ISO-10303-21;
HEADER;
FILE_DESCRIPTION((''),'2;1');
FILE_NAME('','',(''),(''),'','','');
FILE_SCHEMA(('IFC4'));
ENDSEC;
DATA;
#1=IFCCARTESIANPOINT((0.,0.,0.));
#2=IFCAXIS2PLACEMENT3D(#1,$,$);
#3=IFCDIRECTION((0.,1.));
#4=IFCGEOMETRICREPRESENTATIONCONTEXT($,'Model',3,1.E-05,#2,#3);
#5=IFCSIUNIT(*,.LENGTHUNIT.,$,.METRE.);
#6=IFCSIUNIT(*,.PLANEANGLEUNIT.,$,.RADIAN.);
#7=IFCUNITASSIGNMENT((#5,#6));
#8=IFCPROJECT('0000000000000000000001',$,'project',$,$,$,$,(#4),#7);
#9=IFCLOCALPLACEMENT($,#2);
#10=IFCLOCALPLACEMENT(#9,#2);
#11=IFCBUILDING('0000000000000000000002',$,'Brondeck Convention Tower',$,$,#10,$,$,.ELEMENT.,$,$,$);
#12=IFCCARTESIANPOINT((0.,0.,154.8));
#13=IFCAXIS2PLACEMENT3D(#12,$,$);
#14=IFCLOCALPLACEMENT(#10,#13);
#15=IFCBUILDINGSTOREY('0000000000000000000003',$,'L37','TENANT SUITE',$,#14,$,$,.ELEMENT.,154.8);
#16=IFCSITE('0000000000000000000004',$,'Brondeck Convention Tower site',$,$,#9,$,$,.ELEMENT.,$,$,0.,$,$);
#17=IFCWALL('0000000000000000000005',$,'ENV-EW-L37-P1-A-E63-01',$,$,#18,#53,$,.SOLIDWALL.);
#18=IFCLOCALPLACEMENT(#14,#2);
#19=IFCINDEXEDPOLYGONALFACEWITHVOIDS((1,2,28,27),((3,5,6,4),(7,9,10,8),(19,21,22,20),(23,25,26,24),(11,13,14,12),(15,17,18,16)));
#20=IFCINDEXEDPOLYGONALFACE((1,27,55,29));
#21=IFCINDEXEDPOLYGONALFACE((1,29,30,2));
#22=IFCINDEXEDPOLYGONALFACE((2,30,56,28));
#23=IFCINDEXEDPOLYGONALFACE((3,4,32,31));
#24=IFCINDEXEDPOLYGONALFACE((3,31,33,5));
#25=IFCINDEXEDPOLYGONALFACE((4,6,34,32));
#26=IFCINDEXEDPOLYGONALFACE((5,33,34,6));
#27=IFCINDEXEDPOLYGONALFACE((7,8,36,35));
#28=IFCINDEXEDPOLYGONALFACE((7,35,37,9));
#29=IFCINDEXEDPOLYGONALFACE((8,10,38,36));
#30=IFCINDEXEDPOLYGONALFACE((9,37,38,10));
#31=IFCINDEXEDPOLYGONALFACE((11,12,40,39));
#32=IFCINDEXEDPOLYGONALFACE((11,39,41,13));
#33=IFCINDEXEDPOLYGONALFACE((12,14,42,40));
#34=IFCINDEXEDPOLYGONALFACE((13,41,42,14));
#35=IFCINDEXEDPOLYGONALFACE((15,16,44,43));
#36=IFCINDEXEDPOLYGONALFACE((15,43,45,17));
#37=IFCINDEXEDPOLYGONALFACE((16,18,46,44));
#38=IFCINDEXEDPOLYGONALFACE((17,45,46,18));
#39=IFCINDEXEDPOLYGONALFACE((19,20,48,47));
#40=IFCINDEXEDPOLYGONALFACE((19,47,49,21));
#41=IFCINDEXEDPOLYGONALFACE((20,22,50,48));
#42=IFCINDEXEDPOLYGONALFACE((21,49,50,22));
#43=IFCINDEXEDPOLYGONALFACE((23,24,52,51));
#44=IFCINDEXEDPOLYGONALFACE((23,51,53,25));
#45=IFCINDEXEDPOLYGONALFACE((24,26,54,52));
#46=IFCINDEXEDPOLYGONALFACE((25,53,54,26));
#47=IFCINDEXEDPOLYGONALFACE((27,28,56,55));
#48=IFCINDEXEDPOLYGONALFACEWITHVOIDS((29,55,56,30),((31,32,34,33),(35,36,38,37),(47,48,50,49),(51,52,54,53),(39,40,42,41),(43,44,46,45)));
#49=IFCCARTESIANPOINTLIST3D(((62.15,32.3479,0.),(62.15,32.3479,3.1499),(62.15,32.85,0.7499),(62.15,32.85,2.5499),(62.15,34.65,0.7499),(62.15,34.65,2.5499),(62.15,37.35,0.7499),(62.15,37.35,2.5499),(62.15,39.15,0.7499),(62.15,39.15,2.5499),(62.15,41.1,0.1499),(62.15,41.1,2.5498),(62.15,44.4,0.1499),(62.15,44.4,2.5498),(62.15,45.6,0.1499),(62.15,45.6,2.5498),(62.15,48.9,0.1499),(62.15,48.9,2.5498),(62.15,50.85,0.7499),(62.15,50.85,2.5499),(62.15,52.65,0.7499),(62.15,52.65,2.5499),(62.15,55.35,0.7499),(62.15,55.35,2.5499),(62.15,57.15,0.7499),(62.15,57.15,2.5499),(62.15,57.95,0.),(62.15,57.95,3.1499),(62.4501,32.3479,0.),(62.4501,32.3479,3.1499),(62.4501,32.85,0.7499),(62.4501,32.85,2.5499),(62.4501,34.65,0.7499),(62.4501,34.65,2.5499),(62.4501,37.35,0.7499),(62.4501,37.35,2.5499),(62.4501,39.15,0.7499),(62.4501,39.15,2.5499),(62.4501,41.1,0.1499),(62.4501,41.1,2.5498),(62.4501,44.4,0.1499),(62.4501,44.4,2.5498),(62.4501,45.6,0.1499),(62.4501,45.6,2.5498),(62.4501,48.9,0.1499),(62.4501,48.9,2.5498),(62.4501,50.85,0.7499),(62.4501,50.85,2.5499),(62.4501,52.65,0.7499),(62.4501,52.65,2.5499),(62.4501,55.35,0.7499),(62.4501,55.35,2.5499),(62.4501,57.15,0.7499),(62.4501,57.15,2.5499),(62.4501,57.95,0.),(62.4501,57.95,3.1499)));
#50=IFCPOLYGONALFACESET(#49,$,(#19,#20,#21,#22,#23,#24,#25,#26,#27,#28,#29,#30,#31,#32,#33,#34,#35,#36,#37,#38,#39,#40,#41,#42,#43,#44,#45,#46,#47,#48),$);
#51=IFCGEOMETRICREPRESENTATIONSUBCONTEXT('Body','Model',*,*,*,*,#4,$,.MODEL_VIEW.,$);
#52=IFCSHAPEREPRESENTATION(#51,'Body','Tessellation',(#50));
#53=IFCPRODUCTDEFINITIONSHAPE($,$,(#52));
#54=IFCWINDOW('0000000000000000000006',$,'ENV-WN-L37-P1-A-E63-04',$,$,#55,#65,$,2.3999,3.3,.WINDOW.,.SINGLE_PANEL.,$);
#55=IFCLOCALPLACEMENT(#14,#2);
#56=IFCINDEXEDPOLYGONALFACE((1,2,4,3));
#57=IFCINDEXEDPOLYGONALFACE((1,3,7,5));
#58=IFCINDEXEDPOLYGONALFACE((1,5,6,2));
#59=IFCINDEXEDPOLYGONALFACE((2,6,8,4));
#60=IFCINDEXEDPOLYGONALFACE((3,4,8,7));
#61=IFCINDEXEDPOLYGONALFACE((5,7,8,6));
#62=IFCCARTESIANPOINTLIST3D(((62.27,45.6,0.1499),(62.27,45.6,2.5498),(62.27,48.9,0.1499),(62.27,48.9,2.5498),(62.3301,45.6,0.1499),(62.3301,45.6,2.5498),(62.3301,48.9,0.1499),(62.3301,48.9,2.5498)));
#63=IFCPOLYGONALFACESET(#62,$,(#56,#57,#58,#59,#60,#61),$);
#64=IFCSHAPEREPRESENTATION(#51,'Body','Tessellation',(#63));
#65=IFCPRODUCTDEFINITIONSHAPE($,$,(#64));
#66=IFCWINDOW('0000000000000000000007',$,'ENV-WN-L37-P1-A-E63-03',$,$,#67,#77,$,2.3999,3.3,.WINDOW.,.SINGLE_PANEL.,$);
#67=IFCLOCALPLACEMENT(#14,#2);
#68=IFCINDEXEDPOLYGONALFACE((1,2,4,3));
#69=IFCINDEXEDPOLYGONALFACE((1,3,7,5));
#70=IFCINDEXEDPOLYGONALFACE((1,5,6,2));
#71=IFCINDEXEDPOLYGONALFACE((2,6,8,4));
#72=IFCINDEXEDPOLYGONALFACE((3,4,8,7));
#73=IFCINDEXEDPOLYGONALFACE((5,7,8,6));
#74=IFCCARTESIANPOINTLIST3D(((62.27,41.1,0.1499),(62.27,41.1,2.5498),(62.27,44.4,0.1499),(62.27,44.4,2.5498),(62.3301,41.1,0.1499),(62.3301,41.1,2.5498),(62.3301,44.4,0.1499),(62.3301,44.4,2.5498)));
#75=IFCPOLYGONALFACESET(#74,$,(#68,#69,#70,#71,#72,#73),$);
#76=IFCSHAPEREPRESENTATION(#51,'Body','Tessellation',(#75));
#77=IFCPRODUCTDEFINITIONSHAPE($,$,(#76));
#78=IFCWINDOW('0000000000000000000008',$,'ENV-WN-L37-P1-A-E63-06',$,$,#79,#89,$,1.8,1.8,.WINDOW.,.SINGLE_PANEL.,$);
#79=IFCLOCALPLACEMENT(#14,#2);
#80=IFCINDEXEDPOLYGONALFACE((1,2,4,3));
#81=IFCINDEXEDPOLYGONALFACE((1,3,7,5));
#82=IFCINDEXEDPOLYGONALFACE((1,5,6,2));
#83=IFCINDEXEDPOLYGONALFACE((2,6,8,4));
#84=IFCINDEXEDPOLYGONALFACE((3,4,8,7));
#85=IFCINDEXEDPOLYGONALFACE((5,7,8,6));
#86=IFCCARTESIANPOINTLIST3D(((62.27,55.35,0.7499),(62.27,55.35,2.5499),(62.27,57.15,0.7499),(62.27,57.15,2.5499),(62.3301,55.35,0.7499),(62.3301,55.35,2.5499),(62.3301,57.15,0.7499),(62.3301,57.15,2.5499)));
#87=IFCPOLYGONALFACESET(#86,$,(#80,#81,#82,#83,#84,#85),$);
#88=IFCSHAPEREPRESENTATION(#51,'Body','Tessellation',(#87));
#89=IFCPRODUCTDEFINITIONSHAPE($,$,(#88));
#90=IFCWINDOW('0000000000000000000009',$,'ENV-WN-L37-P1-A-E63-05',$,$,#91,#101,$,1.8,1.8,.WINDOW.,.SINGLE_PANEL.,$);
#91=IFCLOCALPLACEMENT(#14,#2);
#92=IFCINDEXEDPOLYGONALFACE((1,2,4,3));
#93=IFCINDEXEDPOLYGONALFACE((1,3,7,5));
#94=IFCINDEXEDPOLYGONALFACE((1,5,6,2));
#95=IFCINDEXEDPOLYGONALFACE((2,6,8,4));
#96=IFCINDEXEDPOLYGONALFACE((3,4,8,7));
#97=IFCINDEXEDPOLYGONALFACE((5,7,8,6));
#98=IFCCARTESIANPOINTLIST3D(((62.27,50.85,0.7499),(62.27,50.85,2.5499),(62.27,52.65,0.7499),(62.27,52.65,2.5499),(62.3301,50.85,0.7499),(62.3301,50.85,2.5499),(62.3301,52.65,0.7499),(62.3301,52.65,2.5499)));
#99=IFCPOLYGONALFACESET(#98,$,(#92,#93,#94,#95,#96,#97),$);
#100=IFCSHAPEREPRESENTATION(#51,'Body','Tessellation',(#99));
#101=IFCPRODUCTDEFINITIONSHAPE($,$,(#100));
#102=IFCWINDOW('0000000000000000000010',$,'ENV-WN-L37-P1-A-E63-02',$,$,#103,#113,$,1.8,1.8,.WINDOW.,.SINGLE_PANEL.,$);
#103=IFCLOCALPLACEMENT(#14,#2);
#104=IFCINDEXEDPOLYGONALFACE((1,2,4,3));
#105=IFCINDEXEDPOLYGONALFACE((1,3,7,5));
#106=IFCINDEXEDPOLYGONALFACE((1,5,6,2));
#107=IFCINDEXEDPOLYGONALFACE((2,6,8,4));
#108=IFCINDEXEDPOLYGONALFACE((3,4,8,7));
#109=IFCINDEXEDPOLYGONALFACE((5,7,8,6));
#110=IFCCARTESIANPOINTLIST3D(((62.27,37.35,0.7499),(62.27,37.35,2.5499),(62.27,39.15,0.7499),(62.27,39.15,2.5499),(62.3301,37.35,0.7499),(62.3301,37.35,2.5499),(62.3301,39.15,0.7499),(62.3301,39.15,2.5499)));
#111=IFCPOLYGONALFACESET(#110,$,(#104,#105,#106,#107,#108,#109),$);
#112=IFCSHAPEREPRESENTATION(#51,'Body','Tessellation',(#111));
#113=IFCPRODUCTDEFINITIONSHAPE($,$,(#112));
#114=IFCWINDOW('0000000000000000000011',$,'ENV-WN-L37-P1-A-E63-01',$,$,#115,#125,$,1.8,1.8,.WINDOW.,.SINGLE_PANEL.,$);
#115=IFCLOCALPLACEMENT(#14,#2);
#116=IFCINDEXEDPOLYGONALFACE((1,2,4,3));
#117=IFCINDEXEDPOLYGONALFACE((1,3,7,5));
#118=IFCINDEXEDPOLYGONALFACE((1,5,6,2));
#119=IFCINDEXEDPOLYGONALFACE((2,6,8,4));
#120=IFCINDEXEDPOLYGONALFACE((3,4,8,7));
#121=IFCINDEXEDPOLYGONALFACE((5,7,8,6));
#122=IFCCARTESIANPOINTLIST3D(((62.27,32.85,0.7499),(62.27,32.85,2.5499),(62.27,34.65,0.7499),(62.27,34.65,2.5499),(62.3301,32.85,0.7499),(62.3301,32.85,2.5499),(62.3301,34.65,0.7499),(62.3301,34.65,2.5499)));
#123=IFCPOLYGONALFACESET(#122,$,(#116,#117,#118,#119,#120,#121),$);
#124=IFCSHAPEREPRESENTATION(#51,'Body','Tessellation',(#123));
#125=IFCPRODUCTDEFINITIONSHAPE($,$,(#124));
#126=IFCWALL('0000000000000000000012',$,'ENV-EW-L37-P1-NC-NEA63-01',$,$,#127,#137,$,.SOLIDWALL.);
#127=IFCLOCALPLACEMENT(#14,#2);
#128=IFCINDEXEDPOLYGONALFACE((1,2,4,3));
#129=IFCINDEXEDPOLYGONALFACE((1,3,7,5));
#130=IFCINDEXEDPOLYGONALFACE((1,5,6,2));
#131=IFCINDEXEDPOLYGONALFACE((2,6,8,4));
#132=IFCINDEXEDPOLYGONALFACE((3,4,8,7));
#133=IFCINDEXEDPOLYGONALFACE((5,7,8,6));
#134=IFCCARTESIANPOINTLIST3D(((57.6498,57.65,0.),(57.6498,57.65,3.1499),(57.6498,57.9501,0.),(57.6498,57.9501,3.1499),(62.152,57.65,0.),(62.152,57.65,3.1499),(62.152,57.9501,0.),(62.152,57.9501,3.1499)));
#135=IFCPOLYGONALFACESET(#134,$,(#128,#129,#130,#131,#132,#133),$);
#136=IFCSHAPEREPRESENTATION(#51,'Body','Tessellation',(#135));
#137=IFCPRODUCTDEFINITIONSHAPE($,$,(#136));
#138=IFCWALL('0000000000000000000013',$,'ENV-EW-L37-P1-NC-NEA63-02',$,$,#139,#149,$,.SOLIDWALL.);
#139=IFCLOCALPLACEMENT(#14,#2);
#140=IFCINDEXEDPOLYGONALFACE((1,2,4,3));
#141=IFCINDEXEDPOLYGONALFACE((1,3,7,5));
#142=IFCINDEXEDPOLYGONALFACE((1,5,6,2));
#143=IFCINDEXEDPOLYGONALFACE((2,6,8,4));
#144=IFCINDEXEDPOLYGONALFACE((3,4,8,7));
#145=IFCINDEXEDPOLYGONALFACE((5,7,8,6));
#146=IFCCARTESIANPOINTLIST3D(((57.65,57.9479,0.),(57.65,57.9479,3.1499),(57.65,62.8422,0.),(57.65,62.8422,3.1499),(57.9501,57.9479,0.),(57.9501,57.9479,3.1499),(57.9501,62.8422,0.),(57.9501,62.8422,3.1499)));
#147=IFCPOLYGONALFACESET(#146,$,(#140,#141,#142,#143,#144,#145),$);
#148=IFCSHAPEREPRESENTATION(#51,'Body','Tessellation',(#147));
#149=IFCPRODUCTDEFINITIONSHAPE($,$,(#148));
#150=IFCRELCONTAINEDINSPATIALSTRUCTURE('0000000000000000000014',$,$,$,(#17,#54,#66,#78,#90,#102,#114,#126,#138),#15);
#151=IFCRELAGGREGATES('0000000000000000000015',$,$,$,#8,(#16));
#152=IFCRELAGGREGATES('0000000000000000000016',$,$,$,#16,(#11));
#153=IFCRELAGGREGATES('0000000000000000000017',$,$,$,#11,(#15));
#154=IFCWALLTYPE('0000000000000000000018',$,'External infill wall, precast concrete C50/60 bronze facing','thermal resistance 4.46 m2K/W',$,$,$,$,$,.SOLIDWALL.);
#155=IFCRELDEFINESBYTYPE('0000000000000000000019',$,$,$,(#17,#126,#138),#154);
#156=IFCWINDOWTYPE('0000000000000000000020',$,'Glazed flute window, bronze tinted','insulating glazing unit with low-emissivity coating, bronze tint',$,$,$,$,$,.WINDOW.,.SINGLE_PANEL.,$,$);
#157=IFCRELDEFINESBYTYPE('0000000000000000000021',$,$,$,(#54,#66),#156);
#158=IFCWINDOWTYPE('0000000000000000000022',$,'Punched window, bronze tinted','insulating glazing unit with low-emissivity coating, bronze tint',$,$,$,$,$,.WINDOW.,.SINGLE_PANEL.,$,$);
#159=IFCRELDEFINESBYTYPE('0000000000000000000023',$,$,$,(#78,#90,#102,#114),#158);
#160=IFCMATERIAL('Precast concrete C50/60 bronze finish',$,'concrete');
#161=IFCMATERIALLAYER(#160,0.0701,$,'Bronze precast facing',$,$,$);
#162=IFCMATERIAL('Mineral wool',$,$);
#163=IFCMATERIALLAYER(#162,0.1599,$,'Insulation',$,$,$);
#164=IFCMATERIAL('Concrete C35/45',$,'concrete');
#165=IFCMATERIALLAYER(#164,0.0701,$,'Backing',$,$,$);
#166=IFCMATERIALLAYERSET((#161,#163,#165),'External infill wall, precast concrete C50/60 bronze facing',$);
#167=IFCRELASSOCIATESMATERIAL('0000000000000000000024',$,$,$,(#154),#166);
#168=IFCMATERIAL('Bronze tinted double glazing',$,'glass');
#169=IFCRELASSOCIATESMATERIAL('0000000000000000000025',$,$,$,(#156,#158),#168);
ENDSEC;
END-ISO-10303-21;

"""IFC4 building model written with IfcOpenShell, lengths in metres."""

from ifc_helpers import new_model, si_unit, direction, frame, frame_2d, origin, place, context, subcontext, project, spatial, rectangle, extrude, material, layer, layer_set, type_object, element, fill, save


model = new_model("IFC4")

# Units and contexts
model_context = context("Model", 3, precision=1e-05, world=origin(), true_north=direction((0.0, 1.0)))
body_context = subcontext(model_context, "Body", "Model", "MODEL_VIEW")
ifc_project = project(units=[si_unit("LENGTHUNIT", "METRE"), si_unit("PLANEANGLEUNIT", "RADIAN")], contexts=[model_context])

# Site, building, storey
site_placement = place(None, origin())
site = spatial("IfcSite", under=ifc_project, at=site_placement, Name="Brondeck Convention Tower site", CompositionType="ELEMENT", RefElevation=0.0)
building_placement = place(site_placement, origin())
building = spatial("IfcBuilding", under=site, at=building_placement, Name="Brondeck Convention Tower", CompositionType="ELEMENT")
storey_placement = place(building_placement, frame((0.0, 0.0, 154.8)))
storey = spatial("IfcBuildingStorey", under=building, at=storey_placement, Name="L37", Description="TENANT SUITE", CompositionType="ELEMENT", Elevation=154.8)

# Wall, openings, windows
ifc_material_1 = material(Name="Precast concrete C50/60 bronze finish", Category="concrete")
ifc_layer_1 = layer(ifc_material_1, 0.0701, Name="Bronze precast facing")
ifc_material_2 = material(Name="Mineral wool")
ifc_layer_2 = layer(ifc_material_2, 0.1599, Name="Insulation")
ifc_material_3 = material(Name="Concrete C35/45", Category="concrete")
ifc_layer_3 = layer(ifc_material_3, 0.0701, Name="Backing")
ifc_layer_set_1 = layer_set([ifc_layer_1, ifc_layer_2, ifc_layer_3], Name="External infill wall, precast concrete C50/60 bronze facing")
wall_type_1 = type_object("IfcWallType", Name="External infill wall, precast concrete C50/60 bronze facing", Description="thermal resistance 4.46 m2K/W", PredefinedType="SOLIDWALL", material=ifc_layer_set_1)
wall_1_placement = place(storey_placement, frame((62.3, 57.95, 0.0), z_axis=(0.0, 0.0, 1.0), x_axis=(0.0, -1.0, 0.0)))
wall_1 = element("IfcWall", 1, at=wall_1_placement, inside=storey, type_object=wall_type_1, Name="ENV-EW-L37-P1-A-E63-01", PredefinedType="SOLIDWALL", context=body_context, shape_type="SweptSolid", body=[
    extrude(rectangle(XDim=25.6021, YDim=0.3, at=frame_2d((12.801, 0.0))), origin(), (0.0, 0.0, 1.0), 3.1499),
])
opening_1_placement = place(wall_1_placement, frame((0.8, 0.0, 0.75)))
opening_1 = element("IfcOpeningElement", 2, at=opening_1_placement, cuts=wall_1, PredefinedType="OPENING", context=body_context, shape_type="SweptSolid", body=[
    extrude(rectangle(XDim=1.8, YDim=1.8, at=frame_2d((0.8999, 0.8999))), frame((0.0, 0.1599, 0.0), z_axis=(0.0, -1.0, 0.0), x_axis=(1.0, 0.0, 0.0)), (0.0, 0.0, 1.0), 0.3201),
])
opening_2_placement = place(wall_1_placement, frame((5.3, 0.0, 0.75)))
opening_2 = element("IfcOpeningElement", 3, at=opening_2_placement, cuts=wall_1, PredefinedType="OPENING", context=body_context, shape_type="SweptSolid", body=[
    extrude(rectangle(XDim=1.8, YDim=1.8, at=frame_2d((0.8999, 0.8999))), frame((0.0, 0.1599, 0.0), z_axis=(0.0, -1.0, 0.0), x_axis=(1.0, 0.0, 0.0)), (0.0, 0.0, 1.0), 0.3201),
])
opening_3_placement = place(wall_1_placement, frame((9.05, 0.0, 0.1499)))
opening_3 = element("IfcOpeningElement", 4, at=opening_3_placement, cuts=wall_1, PredefinedType="OPENING", context=body_context, shape_type="SweptSolid", body=[
    extrude(rectangle(XDim=3.3, YDim=2.3999, at=frame_2d((1.6499, 1.2))), frame((0.0, 0.1599, 0.0), z_axis=(0.0, -1.0, 0.0), x_axis=(1.0, 0.0, 0.0)), (0.0, 0.0, 1.0), 0.3201),
])
opening_4_placement = place(wall_1_placement, frame((13.55, 0.0, 0.1499)))
opening_4 = element("IfcOpeningElement", 5, at=opening_4_placement, cuts=wall_1, PredefinedType="OPENING", context=body_context, shape_type="SweptSolid", body=[
    extrude(rectangle(XDim=3.3, YDim=2.3999, at=frame_2d((1.6499, 1.2))), frame((0.0, 0.1599, 0.0), z_axis=(0.0, -1.0, 0.0), x_axis=(1.0, 0.0, 0.0)), (0.0, 0.0, 1.0), 0.3201),
])
opening_5_placement = place(wall_1_placement, frame((18.8, 0.0, 0.75)))
opening_5 = element("IfcOpeningElement", 6, at=opening_5_placement, cuts=wall_1, PredefinedType="OPENING", context=body_context, shape_type="SweptSolid", body=[
    extrude(rectangle(XDim=1.8, YDim=1.8, at=frame_2d((0.8999, 0.8999))), frame((0.0, 0.1599, 0.0), z_axis=(0.0, -1.0, 0.0), x_axis=(1.0, 0.0, 0.0)), (0.0, 0.0, 1.0), 0.3201),
])
opening_6_placement = place(wall_1_placement, frame((23.3, 0.0, 0.75)))
opening_6 = element("IfcOpeningElement", 7, at=opening_6_placement, cuts=wall_1, PredefinedType="OPENING", context=body_context, shape_type="SweptSolid", body=[
    extrude(rectangle(XDim=1.8, YDim=1.8, at=frame_2d((0.8999, 0.8999))), frame((0.0, 0.1599, 0.0), z_axis=(0.0, -1.0, 0.0), x_axis=(1.0, 0.0, 0.0)), (0.0, 0.0, 1.0), 0.3201),
])
ifc_material_4 = material(Name="Bronze tinted double glazing", Category="glass")
window_type_1 = type_object("IfcWindowType", Name="Glazed flute window, bronze tinted", Description="insulating glazing unit with low-emissivity coating, bronze tint", PartitioningType="SINGLE_PANEL", PredefinedType="WINDOW", material=ifc_material_4)
window_1_placement = place(opening_3_placement, origin())
window_1 = element("IfcWindow", 8, at=window_1_placement, inside=storey, type_object=window_type_1, Name="ENV-WN-L37-P1-A-E63-04", OverallHeight=2.3999, OverallWidth=3.3, PartitioningType="SINGLE_PANEL", PredefinedType="WINDOW", context=body_context, shape_type="SweptSolid", body=[
    extrude(rectangle(XDim=3.3, YDim=2.3999, at=frame_2d((1.6499, 1.2))), frame((0.0, 0.03, 0.0), z_axis=(0.0, -1.0, 0.0), x_axis=(1.0, 0.0, 0.0)), (0.0, 0.0, 1.0), 0.0601),
])
fill(opening_3, window_1)
window_2_placement = place(opening_4_placement, origin())
window_2 = element("IfcWindow", 9, at=window_2_placement, inside=storey, type_object=window_type_1, Name="ENV-WN-L37-P1-A-E63-03", OverallHeight=2.3999, OverallWidth=3.3, PartitioningType="SINGLE_PANEL", PredefinedType="WINDOW", context=body_context, shape_type="SweptSolid", body=[
    extrude(rectangle(XDim=3.3, YDim=2.3999, at=frame_2d((1.6499, 1.2))), frame((0.0, 0.03, 0.0), z_axis=(0.0, -1.0, 0.0), x_axis=(1.0, 0.0, 0.0)), (0.0, 0.0, 1.0), 0.0601),
])
fill(opening_4, window_2)
window_type_2 = type_object("IfcWindowType", Name="Punched window, bronze tinted", Description="insulating glazing unit with low-emissivity coating, bronze tint", PartitioningType="SINGLE_PANEL", PredefinedType="WINDOW", material=ifc_material_4)
window_3_placement = place(opening_1_placement, origin())
window_3 = element("IfcWindow", 10, at=window_3_placement, inside=storey, type_object=window_type_2, Name="ENV-WN-L37-P1-A-E63-06", OverallHeight=1.8, OverallWidth=1.8, PartitioningType="SINGLE_PANEL", PredefinedType="WINDOW", context=body_context, shape_type="SweptSolid", body=[
    extrude(rectangle(XDim=1.8, YDim=1.8, at=frame_2d((0.8999, 0.8999))), frame((0.0, 0.03, 0.0), z_axis=(0.0, -1.0, 0.0), x_axis=(1.0, 0.0, 0.0)), (0.0, 0.0, 1.0), 0.0601),
])
fill(opening_1, window_3)
window_4_placement = place(opening_2_placement, origin())
window_4 = element("IfcWindow", 11, at=window_4_placement, inside=storey, type_object=window_type_2, Name="ENV-WN-L37-P1-A-E63-05", OverallHeight=1.8, OverallWidth=1.8, PartitioningType="SINGLE_PANEL", PredefinedType="WINDOW", context=body_context, shape_type="SweptSolid", body=[
    extrude(rectangle(XDim=1.8, YDim=1.8, at=frame_2d((0.8999, 0.8999))), frame((0.0, 0.03, 0.0), z_axis=(0.0, -1.0, 0.0), x_axis=(1.0, 0.0, 0.0)), (0.0, 0.0, 1.0), 0.0601),
])
fill(opening_2, window_4)
window_5_placement = place(opening_5_placement, origin())
window_5 = element("IfcWindow", 12, at=window_5_placement, inside=storey, type_object=window_type_2, Name="ENV-WN-L37-P1-A-E63-02", OverallHeight=1.8, OverallWidth=1.8, PartitioningType="SINGLE_PANEL", PredefinedType="WINDOW", context=body_context, shape_type="SweptSolid", body=[
    extrude(rectangle(XDim=1.8, YDim=1.8, at=frame_2d((0.8999, 0.8999))), frame((0.0, 0.03, 0.0), z_axis=(0.0, -1.0, 0.0), x_axis=(1.0, 0.0, 0.0)), (0.0, 0.0, 1.0), 0.0601),
])
fill(opening_5, window_5)
window_6_placement = place(opening_6_placement, origin())
window_6 = element("IfcWindow", 13, at=window_6_placement, inside=storey, type_object=window_type_2, Name="ENV-WN-L37-P1-A-E63-01", OverallHeight=1.8, OverallWidth=1.8, PartitioningType="SINGLE_PANEL", PredefinedType="WINDOW", context=body_context, shape_type="SweptSolid", body=[
    extrude(rectangle(XDim=1.8, YDim=1.8, at=frame_2d((0.8999, 0.8999))), frame((0.0, 0.03, 0.0), z_axis=(0.0, -1.0, 0.0), x_axis=(1.0, 0.0, 0.0)), (0.0, 0.0, 1.0), 0.0601),
])
fill(opening_6, window_6)

# Walls
wall_2_placement = place(storey_placement, frame((57.6499, 57.8, 0.0), z_axis=(0.0, 0.0, 1.0), x_axis=(1.0, 0.0, 0.0)))
element("IfcWall", 14, at=wall_2_placement, inside=storey, type_object=wall_type_1, Name="ENV-EW-L37-P1-NC-NEA63-01", PredefinedType="SOLIDWALL", context=body_context, shape_type="SweptSolid", body=[
    extrude(rectangle(XDim=4.5022, YDim=0.3, at=frame_2d((2.251, 0.0))), origin(), (0.0, 0.0, 1.0), 3.1499),
])
wall_3_placement = place(storey_placement, frame((57.8, 62.8423, 0.0), z_axis=(0.0, 0.0, 1.0), x_axis=(0.0, -1.0, 0.0)))
element("IfcWall", 15, at=wall_3_placement, inside=storey, type_object=wall_type_1, Name="ENV-EW-L37-P1-NC-NEA63-02", PredefinedType="SOLIDWALL", context=body_context, shape_type="SweptSolid", body=[
    extrude(rectangle(XDim=4.8943, YDim=0.3, at=frame_2d((2.4473, 0.0))), origin(), (0.0, 0.0, 1.0), 3.1499),
])

save(model, "model.ifc")
